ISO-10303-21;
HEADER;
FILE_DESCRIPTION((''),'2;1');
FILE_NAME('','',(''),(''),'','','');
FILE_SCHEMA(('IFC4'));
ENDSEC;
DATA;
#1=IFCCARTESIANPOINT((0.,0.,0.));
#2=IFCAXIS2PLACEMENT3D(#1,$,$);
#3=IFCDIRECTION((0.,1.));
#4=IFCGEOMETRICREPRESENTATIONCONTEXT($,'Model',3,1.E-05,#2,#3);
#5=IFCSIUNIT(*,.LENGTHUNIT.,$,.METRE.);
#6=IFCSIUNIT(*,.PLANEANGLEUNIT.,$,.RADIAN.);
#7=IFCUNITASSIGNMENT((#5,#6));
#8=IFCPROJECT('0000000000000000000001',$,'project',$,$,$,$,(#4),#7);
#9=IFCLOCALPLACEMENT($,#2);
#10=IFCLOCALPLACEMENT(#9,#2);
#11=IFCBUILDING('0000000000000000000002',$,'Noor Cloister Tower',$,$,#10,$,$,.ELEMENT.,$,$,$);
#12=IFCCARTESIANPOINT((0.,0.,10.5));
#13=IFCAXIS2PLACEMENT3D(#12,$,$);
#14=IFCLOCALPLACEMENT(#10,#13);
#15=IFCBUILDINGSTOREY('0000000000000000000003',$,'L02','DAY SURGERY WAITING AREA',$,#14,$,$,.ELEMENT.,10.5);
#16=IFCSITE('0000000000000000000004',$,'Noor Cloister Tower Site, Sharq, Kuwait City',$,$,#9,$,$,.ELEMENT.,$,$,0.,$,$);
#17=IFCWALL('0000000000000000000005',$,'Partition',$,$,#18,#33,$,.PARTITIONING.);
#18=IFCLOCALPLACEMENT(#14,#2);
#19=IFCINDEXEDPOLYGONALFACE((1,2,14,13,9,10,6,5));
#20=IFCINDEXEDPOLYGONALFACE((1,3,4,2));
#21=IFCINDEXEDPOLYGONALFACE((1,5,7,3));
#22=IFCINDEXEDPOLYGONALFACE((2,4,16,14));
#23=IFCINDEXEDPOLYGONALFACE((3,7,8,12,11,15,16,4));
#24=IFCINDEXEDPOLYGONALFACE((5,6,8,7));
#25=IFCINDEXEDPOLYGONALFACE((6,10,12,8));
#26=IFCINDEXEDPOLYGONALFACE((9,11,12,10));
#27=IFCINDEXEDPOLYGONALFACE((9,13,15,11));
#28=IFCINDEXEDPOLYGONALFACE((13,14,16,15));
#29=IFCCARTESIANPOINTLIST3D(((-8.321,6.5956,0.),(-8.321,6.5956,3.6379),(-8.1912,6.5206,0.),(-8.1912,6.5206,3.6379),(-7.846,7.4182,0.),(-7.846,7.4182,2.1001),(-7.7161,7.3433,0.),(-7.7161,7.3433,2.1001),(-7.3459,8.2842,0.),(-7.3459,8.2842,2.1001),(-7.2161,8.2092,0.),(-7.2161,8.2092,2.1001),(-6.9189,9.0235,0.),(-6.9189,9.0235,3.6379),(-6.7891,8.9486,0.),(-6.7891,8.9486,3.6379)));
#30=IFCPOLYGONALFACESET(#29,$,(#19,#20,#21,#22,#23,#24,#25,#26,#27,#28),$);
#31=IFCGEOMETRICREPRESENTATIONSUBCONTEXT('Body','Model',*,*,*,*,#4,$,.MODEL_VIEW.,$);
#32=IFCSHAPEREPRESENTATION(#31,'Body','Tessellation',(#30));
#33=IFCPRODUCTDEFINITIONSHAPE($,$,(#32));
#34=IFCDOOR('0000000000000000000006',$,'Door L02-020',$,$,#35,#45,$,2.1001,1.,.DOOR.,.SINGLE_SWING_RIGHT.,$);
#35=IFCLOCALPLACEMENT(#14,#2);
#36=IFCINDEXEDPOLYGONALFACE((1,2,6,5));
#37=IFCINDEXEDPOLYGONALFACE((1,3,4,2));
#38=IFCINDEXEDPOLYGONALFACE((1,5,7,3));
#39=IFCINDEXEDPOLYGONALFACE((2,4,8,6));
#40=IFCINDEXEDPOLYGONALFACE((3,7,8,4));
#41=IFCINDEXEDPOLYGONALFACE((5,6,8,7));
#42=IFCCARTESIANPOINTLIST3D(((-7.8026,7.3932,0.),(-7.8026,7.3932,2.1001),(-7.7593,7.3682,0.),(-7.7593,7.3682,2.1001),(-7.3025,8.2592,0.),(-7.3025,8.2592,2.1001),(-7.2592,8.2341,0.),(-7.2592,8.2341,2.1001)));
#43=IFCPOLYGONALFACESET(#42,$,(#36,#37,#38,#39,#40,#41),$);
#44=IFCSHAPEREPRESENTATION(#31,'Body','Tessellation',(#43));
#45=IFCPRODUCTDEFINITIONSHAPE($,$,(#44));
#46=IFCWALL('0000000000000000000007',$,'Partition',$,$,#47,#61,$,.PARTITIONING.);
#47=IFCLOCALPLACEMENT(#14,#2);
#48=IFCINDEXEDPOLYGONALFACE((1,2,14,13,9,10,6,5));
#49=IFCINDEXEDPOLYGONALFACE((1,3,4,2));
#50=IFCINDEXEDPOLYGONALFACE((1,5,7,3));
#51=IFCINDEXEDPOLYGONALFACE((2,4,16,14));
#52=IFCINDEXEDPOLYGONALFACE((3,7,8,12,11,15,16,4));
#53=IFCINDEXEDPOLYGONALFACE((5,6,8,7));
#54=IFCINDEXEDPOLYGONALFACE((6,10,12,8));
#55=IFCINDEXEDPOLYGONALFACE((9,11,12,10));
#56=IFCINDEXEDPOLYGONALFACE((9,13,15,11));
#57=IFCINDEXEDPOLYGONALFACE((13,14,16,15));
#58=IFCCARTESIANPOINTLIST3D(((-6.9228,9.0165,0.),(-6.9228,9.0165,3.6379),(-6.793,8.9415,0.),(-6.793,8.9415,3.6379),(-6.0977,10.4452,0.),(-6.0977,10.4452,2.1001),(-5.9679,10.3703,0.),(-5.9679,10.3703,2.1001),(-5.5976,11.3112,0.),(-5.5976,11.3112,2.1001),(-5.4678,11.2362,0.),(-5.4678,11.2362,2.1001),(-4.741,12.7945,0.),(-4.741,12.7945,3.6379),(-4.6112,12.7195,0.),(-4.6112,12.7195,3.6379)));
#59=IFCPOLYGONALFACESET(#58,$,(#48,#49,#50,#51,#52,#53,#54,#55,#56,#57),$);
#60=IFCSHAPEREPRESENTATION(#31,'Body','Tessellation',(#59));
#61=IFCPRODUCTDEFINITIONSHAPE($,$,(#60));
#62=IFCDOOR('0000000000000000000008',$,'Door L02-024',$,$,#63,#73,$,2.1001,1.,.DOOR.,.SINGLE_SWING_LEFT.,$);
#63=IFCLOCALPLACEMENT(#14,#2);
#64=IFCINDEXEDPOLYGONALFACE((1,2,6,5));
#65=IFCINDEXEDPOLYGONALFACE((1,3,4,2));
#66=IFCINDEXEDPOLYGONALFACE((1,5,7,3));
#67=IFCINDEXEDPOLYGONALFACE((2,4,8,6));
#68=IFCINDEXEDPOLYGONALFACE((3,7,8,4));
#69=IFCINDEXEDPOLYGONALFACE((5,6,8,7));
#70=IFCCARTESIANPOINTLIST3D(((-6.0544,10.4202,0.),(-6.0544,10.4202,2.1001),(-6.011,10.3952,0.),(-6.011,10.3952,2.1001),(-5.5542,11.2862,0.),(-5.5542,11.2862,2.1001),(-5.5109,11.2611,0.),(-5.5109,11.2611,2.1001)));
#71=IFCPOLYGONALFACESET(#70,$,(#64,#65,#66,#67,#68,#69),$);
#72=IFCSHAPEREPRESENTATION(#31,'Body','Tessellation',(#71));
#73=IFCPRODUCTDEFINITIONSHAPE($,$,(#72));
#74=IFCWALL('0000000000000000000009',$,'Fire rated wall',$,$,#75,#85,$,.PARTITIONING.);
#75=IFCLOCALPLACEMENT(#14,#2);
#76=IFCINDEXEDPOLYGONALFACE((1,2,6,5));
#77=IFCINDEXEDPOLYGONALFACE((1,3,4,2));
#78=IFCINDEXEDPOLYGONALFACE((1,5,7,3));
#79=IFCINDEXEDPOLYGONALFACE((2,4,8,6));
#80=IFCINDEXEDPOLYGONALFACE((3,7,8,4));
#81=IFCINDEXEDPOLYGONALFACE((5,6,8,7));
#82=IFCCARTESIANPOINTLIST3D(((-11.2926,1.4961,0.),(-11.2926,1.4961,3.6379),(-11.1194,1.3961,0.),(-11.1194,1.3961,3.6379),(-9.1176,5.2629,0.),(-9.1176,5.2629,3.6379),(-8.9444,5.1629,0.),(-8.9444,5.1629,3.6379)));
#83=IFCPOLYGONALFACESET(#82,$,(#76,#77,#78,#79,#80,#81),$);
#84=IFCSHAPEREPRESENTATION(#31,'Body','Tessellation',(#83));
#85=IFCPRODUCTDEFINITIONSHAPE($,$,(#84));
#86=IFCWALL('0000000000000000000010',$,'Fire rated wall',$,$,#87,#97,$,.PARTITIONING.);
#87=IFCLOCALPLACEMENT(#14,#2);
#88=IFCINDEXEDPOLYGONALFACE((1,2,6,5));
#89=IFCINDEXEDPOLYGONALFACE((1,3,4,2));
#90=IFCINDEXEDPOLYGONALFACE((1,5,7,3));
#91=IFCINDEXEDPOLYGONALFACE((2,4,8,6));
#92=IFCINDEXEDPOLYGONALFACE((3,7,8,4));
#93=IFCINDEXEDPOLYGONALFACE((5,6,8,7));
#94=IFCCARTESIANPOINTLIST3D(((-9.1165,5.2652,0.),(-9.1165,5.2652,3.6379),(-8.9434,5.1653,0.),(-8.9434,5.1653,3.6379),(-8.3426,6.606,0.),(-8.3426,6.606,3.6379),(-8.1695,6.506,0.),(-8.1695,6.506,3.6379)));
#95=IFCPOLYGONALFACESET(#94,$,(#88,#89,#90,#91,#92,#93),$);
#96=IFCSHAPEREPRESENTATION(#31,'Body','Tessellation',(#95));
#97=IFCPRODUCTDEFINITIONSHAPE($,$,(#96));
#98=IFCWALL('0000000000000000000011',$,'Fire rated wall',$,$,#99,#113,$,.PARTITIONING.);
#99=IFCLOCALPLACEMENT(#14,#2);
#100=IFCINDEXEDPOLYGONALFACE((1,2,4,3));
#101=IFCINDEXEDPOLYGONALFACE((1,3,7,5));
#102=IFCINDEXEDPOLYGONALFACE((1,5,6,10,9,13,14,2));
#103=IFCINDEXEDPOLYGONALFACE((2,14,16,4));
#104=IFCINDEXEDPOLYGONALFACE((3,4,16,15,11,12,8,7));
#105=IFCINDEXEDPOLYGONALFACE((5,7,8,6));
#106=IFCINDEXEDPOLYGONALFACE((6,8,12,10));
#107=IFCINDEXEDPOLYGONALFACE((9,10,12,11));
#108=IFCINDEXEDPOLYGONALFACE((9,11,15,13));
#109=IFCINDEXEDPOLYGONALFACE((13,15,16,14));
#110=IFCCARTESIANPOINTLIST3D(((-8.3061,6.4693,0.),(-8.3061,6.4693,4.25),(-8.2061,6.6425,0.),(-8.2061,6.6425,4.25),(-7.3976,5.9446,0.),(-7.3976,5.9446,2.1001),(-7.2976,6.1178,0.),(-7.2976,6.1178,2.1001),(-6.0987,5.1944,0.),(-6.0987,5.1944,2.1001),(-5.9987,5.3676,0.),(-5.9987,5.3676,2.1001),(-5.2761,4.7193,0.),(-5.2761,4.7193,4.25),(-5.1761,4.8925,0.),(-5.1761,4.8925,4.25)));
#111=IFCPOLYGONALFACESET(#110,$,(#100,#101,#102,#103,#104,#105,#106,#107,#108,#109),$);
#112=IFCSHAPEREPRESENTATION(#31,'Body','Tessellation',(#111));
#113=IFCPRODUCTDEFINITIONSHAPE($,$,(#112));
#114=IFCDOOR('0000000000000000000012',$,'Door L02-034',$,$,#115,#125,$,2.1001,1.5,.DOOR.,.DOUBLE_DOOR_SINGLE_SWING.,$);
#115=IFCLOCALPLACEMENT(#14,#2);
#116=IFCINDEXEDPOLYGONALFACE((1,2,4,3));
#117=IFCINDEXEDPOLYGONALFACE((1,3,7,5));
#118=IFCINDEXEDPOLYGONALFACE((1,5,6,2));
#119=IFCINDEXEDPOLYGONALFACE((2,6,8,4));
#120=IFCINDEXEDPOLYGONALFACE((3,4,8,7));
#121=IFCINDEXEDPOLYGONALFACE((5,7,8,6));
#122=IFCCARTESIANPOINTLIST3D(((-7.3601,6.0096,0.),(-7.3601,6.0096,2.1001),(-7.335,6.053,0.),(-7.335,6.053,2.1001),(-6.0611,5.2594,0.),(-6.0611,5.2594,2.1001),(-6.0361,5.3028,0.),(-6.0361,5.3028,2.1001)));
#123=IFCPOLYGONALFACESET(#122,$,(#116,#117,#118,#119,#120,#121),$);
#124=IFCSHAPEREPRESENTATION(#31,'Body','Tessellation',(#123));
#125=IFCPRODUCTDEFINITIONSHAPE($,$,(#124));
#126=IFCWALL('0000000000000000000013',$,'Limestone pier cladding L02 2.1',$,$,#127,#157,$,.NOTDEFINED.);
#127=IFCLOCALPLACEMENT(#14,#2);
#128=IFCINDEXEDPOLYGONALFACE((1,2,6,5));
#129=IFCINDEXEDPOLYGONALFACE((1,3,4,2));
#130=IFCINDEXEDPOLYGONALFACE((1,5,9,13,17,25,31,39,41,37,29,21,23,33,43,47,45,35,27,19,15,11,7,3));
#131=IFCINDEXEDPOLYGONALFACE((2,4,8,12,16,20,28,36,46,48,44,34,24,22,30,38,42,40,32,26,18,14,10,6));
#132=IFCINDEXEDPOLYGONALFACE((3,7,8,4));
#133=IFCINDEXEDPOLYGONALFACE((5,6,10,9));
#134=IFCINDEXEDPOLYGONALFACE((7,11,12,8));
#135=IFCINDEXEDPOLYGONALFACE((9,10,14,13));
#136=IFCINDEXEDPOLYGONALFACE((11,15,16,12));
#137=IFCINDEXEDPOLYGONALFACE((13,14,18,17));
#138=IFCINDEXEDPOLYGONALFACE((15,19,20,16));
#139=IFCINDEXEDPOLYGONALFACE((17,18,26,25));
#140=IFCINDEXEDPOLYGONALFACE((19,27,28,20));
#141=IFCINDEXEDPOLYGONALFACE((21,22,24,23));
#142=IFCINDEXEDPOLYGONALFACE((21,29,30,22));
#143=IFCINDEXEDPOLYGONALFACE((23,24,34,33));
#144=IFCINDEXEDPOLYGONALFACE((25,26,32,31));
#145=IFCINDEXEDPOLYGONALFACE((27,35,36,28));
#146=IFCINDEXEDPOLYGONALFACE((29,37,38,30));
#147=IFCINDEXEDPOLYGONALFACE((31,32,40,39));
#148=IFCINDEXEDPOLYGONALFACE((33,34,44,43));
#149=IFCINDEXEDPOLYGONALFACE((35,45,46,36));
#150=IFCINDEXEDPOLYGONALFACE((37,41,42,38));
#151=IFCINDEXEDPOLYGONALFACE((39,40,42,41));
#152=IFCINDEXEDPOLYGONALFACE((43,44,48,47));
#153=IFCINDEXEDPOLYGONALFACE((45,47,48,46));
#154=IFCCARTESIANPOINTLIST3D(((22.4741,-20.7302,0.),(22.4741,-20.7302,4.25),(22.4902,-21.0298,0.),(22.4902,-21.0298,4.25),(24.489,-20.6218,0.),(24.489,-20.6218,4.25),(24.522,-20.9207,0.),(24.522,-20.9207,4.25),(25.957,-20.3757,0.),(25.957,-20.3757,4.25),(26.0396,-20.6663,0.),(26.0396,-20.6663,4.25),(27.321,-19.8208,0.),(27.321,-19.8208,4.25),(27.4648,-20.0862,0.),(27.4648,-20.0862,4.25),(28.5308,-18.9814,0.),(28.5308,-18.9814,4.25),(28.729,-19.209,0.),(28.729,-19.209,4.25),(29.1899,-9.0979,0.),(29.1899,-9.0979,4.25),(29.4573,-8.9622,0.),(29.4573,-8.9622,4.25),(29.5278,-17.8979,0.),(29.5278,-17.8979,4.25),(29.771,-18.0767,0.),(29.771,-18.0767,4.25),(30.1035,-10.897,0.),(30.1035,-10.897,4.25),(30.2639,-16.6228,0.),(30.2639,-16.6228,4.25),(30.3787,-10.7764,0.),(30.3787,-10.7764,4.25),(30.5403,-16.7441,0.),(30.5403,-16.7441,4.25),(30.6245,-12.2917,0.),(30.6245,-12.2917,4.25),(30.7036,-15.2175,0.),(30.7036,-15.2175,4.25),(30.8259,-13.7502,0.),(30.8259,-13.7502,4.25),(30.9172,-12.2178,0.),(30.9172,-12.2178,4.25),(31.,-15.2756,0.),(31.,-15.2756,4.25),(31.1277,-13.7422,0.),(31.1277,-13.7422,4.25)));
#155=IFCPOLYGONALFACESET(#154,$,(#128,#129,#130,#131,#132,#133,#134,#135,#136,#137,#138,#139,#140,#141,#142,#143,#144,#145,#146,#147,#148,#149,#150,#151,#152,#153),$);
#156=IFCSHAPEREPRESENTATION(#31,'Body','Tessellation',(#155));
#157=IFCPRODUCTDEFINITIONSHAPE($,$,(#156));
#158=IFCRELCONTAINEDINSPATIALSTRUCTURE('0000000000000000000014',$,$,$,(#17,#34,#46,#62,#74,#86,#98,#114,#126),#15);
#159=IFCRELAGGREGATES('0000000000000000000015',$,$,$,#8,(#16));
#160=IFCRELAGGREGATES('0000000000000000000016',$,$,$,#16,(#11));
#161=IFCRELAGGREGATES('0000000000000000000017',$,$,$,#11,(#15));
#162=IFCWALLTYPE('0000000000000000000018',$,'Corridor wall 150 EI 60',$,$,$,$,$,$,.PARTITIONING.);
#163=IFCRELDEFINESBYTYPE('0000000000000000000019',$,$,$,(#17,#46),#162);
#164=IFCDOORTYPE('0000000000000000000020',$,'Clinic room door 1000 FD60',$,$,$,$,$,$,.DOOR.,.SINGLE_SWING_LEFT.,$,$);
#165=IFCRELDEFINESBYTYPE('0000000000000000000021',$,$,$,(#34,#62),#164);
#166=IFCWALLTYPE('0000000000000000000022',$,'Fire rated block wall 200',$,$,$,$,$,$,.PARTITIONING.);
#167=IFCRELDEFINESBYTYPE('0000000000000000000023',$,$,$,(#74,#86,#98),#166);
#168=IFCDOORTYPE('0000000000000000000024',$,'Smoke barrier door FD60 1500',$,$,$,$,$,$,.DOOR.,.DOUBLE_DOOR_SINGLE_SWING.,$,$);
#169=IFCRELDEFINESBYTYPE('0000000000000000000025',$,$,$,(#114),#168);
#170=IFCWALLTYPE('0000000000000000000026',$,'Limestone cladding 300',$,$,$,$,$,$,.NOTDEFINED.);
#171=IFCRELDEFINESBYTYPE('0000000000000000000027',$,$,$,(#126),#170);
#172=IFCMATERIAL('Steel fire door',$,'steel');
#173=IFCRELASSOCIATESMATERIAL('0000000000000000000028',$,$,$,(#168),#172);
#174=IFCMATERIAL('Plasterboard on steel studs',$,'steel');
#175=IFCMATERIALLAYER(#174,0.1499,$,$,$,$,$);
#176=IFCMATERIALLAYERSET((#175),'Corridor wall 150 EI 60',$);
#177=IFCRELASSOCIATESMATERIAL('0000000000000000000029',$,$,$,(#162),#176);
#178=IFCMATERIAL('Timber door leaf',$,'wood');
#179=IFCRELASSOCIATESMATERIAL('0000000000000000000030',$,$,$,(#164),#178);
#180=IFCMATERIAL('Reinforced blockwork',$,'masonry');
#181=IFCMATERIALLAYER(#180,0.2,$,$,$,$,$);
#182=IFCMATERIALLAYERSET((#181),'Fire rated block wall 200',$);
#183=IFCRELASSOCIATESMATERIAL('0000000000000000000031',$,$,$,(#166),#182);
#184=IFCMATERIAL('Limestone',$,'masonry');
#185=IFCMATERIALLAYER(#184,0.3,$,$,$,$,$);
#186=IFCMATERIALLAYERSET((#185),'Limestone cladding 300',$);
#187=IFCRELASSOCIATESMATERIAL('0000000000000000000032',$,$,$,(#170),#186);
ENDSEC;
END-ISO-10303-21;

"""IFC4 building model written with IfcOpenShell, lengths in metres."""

from ifc_helpers import new_model, si_unit, direction, frame, frame_2d, origin, place, context, subcontext, project, spatial, polyline, rectangle, outline, extrude, material, layer, layer_set, type_object, element, fill, save


model = new_model("IFC4")

# Units and contexts
model_context = context("Model", 3, precision=1e-05, world=origin(), true_north=direction((0.0, 1.0)))
body_context = subcontext(model_context, "Body", "Model", "MODEL_VIEW")
ifc_project = project(units=[si_unit("LENGTHUNIT", "METRE"), si_unit("PLANEANGLEUNIT", "RADIAN")], contexts=[model_context])

# Site, building, storey
site_placement = place(None, origin())
site = spatial("IfcSite", under=ifc_project, at=site_placement, Name="Noor Cloister Tower Site, Sharq, Kuwait City", CompositionType="ELEMENT", RefElevation=0.0)
building_placement = place(site_placement, origin())
building = spatial("IfcBuilding", under=site, at=building_placement, Name="Noor Cloister Tower", CompositionType="ELEMENT")
storey_placement = place(building_placement, frame((0.0, 0.0, 10.5)))
storey = spatial("IfcBuildingStorey", under=building, at=storey_placement, Name="L02", Description="DAY SURGERY WAITING AREA", CompositionType="ELEMENT", Elevation=10.5)

# Shared definitions
ifc_material_1 = material(Name="Steel fire door", Category="steel")
door_type_1 = type_object("IfcDoorType", Name="Smoke barrier door FD60 1500", OperationType="DOUBLE_DOOR_SINGLE_SWING", PredefinedType="DOOR", material=ifc_material_1)

# Walls, openings, doors
ifc_material_2 = material(Name="Plasterboard on steel studs", Category="steel")
ifc_layer_1 = layer(ifc_material_2, 0.1499)
ifc_layer_set_1 = layer_set([ifc_layer_1], Name="Corridor wall 150 EI 60")
wall_type_1 = type_object("IfcWallType", Name="Corridor wall 150 EI 60", PredefinedType="PARTITIONING", material=ifc_layer_set_1)
wall_1_placement = place(storey_placement, frame((-8.2561, 6.5581, 0.0), z_axis=(0.0, 0.0, 1.0), x_axis=(0.500082, 0.865978, 0.0)))
wall_1 = element("IfcWall", 1, at=wall_1_placement, inside=storey, type_object=wall_type_1, Name="Partition", PredefinedType="PARTITIONING", context=body_context, shape_type="SweptSolid", body=[
    extrude(rectangle(XDim=2.8037, YDim=0.1499, at=frame_2d((1.4019, 0.0))), origin(), (0.0, 0.0, 1.0), 3.6379),
])
opening_1_placement = place(wall_1_placement, frame((0.95, 0.0, 0.0)))
opening_1 = element("IfcOpeningElement", 2, at=opening_1_placement, cuts=wall_1, PredefinedType="OPENING", context=body_context, shape_type="SweptSolid", body=[
    extrude(rectangle(XDim=1.0, YDim=2.1001, at=frame_2d((0.5, 1.05))), frame((0.0, 0.085, 0.0), z_axis=(0.0, -1.0, 0.0), x_axis=(1.0, 0.0, 0.0)), (0.0, 0.0, 1.0), 0.1699),
])
ifc_material_3 = material(Name="Timber door leaf", Category="wood")
door_type_2 = type_object("IfcDoorType", Name="Clinic room door 1000 FD60", OperationType="SINGLE_SWING_LEFT", PredefinedType="DOOR", material=ifc_material_3)
door_1_placement = place(opening_1_placement, origin())
door_1 = element("IfcDoor", 3, at=door_1_placement, inside=storey, type_object=door_type_2, Name="Door L02-020", OperationType="SINGLE_SWING_RIGHT", OverallHeight=2.1001, OverallWidth=1.0, PredefinedType="DOOR", context=body_context, shape_type="SweptSolid", body=[
    extrude(rectangle(XDim=1.0, YDim=2.1001, at=frame_2d((0.5, 1.05))), frame((0.0, 0.0249, 0.0), z_axis=(0.0, -1.0, 0.0), x_axis=(1.0, 0.0, 0.0)), (0.0, 0.0, 1.0), 0.05),
])
fill(opening_1, door_1)
wall_2_placement = place(storey_placement, frame((-6.8579, 8.979, 0.0), z_axis=(0.0, 0.0, 1.0), x_axis=(0.500105, 0.865965, 0.0)))
wall_2 = element("IfcWall", 4, at=wall_2_placement, inside=storey, type_object=wall_type_1, Name="Partition", PredefinedType="PARTITIONING", context=body_context, shape_type="SweptSolid", body=[
    extrude(rectangle(XDim=4.3628, YDim=0.1499, at=frame_2d((2.1814, 0.0))), origin(), (0.0, 0.0, 1.0), 3.6379),
])
opening_2_placement = place(wall_2_placement, frame((1.6499, 0.0, 0.0)))
opening_2 = element("IfcOpeningElement", 5, at=opening_2_placement, cuts=wall_2, PredefinedType="OPENING", context=body_context, shape_type="SweptSolid", body=[
    extrude(rectangle(XDim=1.0, YDim=2.1001, at=frame_2d((0.5, 1.05))), frame((0.0, 0.085, 0.0), z_axis=(0.0, -1.0, 0.0), x_axis=(1.0, 0.0, 0.0)), (0.0, 0.0, 1.0), 0.1699),
])
door_2_placement = place(opening_2_placement, origin())
door_2 = element("IfcDoor", 6, at=door_2_placement, inside=storey, type_object=door_type_2, Name="Door L02-024", OperationType="SINGLE_SWING_LEFT", OverallHeight=2.1001, OverallWidth=1.0, PredefinedType="DOOR", context=body_context, shape_type="SweptSolid", body=[
    extrude(rectangle(XDim=1.0, YDim=2.1001, at=frame_2d((0.5, 1.05))), frame((0.0, 0.0249, 0.0), z_axis=(0.0, -1.0, 0.0), x_axis=(1.0, 0.0, 0.0)), (0.0, 0.0, 1.0), 0.05),
])
fill(opening_2, door_2)

# Walls
ifc_material_4 = material(Name="Reinforced blockwork", Category="masonry")
ifc_layer_2 = layer(ifc_material_4, 0.2)
ifc_layer_set_2 = layer_set([ifc_layer_2], Name="Fire rated block wall 200")
wall_type_2 = type_object("IfcWallType", Name="Fire rated block wall 200", PredefinedType="PARTITIONING", material=ifc_layer_set_2)
wall_3_placement = place(storey_placement, frame((-9.031, 5.2129, 0.0), z_axis=(0.0, 0.0, 1.0), x_axis=(-0.500045, -0.866, 0.0)))
element("IfcWall", 7, at=wall_3_placement, inside=storey, type_object=wall_type_2, Name="Fire rated wall", PredefinedType="PARTITIONING", context=body_context, shape_type="SweptSolid", body=[
    extrude(rectangle(XDim=4.3496, YDim=0.2, at=frame_2d((2.1748, 0.0))), origin(), (0.0, 0.0, 1.0), 3.6379),
])
wall_4_placement = place(storey_placement, frame((-8.2561, 6.5559, 0.0), z_axis=(0.0, 0.0, 1.0), x_axis=(-0.499904, -0.866081, 0.0)))
element("IfcWall", 8, at=wall_4_placement, inside=storey, type_object=wall_type_2, Name="Fire rated wall", PredefinedType="PARTITIONING", context=body_context, shape_type="SweptSolid", body=[
    extrude(rectangle(XDim=1.5481, YDim=0.2, at=frame_2d((0.7739, 0.0))), origin(), (0.0, 0.0, 1.0), 3.6379),
])

# Wall, opening, door
wall_5_placement = place(storey_placement, frame((-5.2261, 4.8059, 0.0), z_axis=(0.0, 0.0, 1.0), x_axis=(-0.86595, 0.500131, 0.0)))
wall_5 = element("IfcWall", 9, at=wall_5_placement, inside=storey, type_object=wall_type_2, Name="Fire rated wall", PredefinedType="PARTITIONING", context=body_context, shape_type="SweptSolid", body=[
    extrude(rectangle(XDim=3.499, YDim=0.2, at=frame_2d((1.7495, 0.0))), origin(), (0.0, 0.0, 1.0), 4.25),
])
opening_3_placement = place(wall_5_placement, frame((0.95, 0.0, 0.0)))
opening_3 = element("IfcOpeningElement", 10, at=opening_3_placement, cuts=wall_5, PredefinedType="OPENING", context=body_context, shape_type="SweptSolid", body=[
    extrude(rectangle(XDim=1.5, YDim=2.1001, at=frame_2d((0.75, 1.05))), frame((0.0, 0.1099, 0.0), z_axis=(0.0, -1.0, 0.0), x_axis=(1.0, 0.0, 0.0)), (0.0, 0.0, 1.0), 0.22),
])
door_3_placement = place(opening_3_placement, origin())
door_3 = element("IfcDoor", 11, at=door_3_placement, inside=storey, type_object=door_type_1, Name="Door L02-034", OperationType="DOUBLE_DOOR_SINGLE_SWING", OverallHeight=2.1001, OverallWidth=1.5, PredefinedType="DOOR", context=body_context, shape_type="SweptSolid", body=[
    extrude(rectangle(XDim=1.5, YDim=2.1001, at=frame_2d((0.75, 1.05))), frame((0.0, 0.0249, 0.0), z_axis=(0.0, -1.0, 0.0), x_axis=(1.0, 0.0, 0.0)), (0.0, 0.0, 1.0), 0.05),
])
fill(opening_3, door_3)

# Wall
ifc_material_5 = material(Name="Limestone", Category="masonry")
ifc_layer_3 = layer(ifc_material_5, 0.3)
ifc_layer_set_3 = layer_set([ifc_layer_3], Name="Limestone cladding 300")
wall_type_3 = type_object("IfcWallType", Name="Limestone cladding 300", PredefinedType="NOTDEFINED", material=ifc_layer_set_3)
wall_6_placement = place(storey_placement, origin())
element("IfcWall", 12, at=wall_6_placement, inside=storey, type_object=wall_type_3, Name="Limestone pier cladding L02 2.1", PredefinedType="NOTDEFINED", context=body_context, shape_type="SweptSolid", body=[
    extrude(outline(polyline([(22.4902, -21.0298), (24.522, -20.9207), (26.0396, -20.6663), (27.4648, -20.0862), (28.729, -19.209), (29.771, -18.0767), (30.5403, -16.7441), (31.0, -15.2756), (31.1277, -13.7422), (30.9172, -12.2178), (30.3787, -10.7764), (29.4573, -8.9622), (29.1899, -9.0979), (30.1035, -10.897), (30.6245, -12.2917), (30.8259, -13.7502), (30.7036, -15.2175), (30.2639, -16.6228), (29.5278, -17.8979), (28.5308, -18.9814), (27.321, -19.8208), (25.957, -20.3757), (24.489, -20.6218), (22.4741, -20.7302), (22.4902, -21.0298)])), origin(), (0.0, 0.0, 1.0), 4.25),
])

save(model, "model.ifc")
